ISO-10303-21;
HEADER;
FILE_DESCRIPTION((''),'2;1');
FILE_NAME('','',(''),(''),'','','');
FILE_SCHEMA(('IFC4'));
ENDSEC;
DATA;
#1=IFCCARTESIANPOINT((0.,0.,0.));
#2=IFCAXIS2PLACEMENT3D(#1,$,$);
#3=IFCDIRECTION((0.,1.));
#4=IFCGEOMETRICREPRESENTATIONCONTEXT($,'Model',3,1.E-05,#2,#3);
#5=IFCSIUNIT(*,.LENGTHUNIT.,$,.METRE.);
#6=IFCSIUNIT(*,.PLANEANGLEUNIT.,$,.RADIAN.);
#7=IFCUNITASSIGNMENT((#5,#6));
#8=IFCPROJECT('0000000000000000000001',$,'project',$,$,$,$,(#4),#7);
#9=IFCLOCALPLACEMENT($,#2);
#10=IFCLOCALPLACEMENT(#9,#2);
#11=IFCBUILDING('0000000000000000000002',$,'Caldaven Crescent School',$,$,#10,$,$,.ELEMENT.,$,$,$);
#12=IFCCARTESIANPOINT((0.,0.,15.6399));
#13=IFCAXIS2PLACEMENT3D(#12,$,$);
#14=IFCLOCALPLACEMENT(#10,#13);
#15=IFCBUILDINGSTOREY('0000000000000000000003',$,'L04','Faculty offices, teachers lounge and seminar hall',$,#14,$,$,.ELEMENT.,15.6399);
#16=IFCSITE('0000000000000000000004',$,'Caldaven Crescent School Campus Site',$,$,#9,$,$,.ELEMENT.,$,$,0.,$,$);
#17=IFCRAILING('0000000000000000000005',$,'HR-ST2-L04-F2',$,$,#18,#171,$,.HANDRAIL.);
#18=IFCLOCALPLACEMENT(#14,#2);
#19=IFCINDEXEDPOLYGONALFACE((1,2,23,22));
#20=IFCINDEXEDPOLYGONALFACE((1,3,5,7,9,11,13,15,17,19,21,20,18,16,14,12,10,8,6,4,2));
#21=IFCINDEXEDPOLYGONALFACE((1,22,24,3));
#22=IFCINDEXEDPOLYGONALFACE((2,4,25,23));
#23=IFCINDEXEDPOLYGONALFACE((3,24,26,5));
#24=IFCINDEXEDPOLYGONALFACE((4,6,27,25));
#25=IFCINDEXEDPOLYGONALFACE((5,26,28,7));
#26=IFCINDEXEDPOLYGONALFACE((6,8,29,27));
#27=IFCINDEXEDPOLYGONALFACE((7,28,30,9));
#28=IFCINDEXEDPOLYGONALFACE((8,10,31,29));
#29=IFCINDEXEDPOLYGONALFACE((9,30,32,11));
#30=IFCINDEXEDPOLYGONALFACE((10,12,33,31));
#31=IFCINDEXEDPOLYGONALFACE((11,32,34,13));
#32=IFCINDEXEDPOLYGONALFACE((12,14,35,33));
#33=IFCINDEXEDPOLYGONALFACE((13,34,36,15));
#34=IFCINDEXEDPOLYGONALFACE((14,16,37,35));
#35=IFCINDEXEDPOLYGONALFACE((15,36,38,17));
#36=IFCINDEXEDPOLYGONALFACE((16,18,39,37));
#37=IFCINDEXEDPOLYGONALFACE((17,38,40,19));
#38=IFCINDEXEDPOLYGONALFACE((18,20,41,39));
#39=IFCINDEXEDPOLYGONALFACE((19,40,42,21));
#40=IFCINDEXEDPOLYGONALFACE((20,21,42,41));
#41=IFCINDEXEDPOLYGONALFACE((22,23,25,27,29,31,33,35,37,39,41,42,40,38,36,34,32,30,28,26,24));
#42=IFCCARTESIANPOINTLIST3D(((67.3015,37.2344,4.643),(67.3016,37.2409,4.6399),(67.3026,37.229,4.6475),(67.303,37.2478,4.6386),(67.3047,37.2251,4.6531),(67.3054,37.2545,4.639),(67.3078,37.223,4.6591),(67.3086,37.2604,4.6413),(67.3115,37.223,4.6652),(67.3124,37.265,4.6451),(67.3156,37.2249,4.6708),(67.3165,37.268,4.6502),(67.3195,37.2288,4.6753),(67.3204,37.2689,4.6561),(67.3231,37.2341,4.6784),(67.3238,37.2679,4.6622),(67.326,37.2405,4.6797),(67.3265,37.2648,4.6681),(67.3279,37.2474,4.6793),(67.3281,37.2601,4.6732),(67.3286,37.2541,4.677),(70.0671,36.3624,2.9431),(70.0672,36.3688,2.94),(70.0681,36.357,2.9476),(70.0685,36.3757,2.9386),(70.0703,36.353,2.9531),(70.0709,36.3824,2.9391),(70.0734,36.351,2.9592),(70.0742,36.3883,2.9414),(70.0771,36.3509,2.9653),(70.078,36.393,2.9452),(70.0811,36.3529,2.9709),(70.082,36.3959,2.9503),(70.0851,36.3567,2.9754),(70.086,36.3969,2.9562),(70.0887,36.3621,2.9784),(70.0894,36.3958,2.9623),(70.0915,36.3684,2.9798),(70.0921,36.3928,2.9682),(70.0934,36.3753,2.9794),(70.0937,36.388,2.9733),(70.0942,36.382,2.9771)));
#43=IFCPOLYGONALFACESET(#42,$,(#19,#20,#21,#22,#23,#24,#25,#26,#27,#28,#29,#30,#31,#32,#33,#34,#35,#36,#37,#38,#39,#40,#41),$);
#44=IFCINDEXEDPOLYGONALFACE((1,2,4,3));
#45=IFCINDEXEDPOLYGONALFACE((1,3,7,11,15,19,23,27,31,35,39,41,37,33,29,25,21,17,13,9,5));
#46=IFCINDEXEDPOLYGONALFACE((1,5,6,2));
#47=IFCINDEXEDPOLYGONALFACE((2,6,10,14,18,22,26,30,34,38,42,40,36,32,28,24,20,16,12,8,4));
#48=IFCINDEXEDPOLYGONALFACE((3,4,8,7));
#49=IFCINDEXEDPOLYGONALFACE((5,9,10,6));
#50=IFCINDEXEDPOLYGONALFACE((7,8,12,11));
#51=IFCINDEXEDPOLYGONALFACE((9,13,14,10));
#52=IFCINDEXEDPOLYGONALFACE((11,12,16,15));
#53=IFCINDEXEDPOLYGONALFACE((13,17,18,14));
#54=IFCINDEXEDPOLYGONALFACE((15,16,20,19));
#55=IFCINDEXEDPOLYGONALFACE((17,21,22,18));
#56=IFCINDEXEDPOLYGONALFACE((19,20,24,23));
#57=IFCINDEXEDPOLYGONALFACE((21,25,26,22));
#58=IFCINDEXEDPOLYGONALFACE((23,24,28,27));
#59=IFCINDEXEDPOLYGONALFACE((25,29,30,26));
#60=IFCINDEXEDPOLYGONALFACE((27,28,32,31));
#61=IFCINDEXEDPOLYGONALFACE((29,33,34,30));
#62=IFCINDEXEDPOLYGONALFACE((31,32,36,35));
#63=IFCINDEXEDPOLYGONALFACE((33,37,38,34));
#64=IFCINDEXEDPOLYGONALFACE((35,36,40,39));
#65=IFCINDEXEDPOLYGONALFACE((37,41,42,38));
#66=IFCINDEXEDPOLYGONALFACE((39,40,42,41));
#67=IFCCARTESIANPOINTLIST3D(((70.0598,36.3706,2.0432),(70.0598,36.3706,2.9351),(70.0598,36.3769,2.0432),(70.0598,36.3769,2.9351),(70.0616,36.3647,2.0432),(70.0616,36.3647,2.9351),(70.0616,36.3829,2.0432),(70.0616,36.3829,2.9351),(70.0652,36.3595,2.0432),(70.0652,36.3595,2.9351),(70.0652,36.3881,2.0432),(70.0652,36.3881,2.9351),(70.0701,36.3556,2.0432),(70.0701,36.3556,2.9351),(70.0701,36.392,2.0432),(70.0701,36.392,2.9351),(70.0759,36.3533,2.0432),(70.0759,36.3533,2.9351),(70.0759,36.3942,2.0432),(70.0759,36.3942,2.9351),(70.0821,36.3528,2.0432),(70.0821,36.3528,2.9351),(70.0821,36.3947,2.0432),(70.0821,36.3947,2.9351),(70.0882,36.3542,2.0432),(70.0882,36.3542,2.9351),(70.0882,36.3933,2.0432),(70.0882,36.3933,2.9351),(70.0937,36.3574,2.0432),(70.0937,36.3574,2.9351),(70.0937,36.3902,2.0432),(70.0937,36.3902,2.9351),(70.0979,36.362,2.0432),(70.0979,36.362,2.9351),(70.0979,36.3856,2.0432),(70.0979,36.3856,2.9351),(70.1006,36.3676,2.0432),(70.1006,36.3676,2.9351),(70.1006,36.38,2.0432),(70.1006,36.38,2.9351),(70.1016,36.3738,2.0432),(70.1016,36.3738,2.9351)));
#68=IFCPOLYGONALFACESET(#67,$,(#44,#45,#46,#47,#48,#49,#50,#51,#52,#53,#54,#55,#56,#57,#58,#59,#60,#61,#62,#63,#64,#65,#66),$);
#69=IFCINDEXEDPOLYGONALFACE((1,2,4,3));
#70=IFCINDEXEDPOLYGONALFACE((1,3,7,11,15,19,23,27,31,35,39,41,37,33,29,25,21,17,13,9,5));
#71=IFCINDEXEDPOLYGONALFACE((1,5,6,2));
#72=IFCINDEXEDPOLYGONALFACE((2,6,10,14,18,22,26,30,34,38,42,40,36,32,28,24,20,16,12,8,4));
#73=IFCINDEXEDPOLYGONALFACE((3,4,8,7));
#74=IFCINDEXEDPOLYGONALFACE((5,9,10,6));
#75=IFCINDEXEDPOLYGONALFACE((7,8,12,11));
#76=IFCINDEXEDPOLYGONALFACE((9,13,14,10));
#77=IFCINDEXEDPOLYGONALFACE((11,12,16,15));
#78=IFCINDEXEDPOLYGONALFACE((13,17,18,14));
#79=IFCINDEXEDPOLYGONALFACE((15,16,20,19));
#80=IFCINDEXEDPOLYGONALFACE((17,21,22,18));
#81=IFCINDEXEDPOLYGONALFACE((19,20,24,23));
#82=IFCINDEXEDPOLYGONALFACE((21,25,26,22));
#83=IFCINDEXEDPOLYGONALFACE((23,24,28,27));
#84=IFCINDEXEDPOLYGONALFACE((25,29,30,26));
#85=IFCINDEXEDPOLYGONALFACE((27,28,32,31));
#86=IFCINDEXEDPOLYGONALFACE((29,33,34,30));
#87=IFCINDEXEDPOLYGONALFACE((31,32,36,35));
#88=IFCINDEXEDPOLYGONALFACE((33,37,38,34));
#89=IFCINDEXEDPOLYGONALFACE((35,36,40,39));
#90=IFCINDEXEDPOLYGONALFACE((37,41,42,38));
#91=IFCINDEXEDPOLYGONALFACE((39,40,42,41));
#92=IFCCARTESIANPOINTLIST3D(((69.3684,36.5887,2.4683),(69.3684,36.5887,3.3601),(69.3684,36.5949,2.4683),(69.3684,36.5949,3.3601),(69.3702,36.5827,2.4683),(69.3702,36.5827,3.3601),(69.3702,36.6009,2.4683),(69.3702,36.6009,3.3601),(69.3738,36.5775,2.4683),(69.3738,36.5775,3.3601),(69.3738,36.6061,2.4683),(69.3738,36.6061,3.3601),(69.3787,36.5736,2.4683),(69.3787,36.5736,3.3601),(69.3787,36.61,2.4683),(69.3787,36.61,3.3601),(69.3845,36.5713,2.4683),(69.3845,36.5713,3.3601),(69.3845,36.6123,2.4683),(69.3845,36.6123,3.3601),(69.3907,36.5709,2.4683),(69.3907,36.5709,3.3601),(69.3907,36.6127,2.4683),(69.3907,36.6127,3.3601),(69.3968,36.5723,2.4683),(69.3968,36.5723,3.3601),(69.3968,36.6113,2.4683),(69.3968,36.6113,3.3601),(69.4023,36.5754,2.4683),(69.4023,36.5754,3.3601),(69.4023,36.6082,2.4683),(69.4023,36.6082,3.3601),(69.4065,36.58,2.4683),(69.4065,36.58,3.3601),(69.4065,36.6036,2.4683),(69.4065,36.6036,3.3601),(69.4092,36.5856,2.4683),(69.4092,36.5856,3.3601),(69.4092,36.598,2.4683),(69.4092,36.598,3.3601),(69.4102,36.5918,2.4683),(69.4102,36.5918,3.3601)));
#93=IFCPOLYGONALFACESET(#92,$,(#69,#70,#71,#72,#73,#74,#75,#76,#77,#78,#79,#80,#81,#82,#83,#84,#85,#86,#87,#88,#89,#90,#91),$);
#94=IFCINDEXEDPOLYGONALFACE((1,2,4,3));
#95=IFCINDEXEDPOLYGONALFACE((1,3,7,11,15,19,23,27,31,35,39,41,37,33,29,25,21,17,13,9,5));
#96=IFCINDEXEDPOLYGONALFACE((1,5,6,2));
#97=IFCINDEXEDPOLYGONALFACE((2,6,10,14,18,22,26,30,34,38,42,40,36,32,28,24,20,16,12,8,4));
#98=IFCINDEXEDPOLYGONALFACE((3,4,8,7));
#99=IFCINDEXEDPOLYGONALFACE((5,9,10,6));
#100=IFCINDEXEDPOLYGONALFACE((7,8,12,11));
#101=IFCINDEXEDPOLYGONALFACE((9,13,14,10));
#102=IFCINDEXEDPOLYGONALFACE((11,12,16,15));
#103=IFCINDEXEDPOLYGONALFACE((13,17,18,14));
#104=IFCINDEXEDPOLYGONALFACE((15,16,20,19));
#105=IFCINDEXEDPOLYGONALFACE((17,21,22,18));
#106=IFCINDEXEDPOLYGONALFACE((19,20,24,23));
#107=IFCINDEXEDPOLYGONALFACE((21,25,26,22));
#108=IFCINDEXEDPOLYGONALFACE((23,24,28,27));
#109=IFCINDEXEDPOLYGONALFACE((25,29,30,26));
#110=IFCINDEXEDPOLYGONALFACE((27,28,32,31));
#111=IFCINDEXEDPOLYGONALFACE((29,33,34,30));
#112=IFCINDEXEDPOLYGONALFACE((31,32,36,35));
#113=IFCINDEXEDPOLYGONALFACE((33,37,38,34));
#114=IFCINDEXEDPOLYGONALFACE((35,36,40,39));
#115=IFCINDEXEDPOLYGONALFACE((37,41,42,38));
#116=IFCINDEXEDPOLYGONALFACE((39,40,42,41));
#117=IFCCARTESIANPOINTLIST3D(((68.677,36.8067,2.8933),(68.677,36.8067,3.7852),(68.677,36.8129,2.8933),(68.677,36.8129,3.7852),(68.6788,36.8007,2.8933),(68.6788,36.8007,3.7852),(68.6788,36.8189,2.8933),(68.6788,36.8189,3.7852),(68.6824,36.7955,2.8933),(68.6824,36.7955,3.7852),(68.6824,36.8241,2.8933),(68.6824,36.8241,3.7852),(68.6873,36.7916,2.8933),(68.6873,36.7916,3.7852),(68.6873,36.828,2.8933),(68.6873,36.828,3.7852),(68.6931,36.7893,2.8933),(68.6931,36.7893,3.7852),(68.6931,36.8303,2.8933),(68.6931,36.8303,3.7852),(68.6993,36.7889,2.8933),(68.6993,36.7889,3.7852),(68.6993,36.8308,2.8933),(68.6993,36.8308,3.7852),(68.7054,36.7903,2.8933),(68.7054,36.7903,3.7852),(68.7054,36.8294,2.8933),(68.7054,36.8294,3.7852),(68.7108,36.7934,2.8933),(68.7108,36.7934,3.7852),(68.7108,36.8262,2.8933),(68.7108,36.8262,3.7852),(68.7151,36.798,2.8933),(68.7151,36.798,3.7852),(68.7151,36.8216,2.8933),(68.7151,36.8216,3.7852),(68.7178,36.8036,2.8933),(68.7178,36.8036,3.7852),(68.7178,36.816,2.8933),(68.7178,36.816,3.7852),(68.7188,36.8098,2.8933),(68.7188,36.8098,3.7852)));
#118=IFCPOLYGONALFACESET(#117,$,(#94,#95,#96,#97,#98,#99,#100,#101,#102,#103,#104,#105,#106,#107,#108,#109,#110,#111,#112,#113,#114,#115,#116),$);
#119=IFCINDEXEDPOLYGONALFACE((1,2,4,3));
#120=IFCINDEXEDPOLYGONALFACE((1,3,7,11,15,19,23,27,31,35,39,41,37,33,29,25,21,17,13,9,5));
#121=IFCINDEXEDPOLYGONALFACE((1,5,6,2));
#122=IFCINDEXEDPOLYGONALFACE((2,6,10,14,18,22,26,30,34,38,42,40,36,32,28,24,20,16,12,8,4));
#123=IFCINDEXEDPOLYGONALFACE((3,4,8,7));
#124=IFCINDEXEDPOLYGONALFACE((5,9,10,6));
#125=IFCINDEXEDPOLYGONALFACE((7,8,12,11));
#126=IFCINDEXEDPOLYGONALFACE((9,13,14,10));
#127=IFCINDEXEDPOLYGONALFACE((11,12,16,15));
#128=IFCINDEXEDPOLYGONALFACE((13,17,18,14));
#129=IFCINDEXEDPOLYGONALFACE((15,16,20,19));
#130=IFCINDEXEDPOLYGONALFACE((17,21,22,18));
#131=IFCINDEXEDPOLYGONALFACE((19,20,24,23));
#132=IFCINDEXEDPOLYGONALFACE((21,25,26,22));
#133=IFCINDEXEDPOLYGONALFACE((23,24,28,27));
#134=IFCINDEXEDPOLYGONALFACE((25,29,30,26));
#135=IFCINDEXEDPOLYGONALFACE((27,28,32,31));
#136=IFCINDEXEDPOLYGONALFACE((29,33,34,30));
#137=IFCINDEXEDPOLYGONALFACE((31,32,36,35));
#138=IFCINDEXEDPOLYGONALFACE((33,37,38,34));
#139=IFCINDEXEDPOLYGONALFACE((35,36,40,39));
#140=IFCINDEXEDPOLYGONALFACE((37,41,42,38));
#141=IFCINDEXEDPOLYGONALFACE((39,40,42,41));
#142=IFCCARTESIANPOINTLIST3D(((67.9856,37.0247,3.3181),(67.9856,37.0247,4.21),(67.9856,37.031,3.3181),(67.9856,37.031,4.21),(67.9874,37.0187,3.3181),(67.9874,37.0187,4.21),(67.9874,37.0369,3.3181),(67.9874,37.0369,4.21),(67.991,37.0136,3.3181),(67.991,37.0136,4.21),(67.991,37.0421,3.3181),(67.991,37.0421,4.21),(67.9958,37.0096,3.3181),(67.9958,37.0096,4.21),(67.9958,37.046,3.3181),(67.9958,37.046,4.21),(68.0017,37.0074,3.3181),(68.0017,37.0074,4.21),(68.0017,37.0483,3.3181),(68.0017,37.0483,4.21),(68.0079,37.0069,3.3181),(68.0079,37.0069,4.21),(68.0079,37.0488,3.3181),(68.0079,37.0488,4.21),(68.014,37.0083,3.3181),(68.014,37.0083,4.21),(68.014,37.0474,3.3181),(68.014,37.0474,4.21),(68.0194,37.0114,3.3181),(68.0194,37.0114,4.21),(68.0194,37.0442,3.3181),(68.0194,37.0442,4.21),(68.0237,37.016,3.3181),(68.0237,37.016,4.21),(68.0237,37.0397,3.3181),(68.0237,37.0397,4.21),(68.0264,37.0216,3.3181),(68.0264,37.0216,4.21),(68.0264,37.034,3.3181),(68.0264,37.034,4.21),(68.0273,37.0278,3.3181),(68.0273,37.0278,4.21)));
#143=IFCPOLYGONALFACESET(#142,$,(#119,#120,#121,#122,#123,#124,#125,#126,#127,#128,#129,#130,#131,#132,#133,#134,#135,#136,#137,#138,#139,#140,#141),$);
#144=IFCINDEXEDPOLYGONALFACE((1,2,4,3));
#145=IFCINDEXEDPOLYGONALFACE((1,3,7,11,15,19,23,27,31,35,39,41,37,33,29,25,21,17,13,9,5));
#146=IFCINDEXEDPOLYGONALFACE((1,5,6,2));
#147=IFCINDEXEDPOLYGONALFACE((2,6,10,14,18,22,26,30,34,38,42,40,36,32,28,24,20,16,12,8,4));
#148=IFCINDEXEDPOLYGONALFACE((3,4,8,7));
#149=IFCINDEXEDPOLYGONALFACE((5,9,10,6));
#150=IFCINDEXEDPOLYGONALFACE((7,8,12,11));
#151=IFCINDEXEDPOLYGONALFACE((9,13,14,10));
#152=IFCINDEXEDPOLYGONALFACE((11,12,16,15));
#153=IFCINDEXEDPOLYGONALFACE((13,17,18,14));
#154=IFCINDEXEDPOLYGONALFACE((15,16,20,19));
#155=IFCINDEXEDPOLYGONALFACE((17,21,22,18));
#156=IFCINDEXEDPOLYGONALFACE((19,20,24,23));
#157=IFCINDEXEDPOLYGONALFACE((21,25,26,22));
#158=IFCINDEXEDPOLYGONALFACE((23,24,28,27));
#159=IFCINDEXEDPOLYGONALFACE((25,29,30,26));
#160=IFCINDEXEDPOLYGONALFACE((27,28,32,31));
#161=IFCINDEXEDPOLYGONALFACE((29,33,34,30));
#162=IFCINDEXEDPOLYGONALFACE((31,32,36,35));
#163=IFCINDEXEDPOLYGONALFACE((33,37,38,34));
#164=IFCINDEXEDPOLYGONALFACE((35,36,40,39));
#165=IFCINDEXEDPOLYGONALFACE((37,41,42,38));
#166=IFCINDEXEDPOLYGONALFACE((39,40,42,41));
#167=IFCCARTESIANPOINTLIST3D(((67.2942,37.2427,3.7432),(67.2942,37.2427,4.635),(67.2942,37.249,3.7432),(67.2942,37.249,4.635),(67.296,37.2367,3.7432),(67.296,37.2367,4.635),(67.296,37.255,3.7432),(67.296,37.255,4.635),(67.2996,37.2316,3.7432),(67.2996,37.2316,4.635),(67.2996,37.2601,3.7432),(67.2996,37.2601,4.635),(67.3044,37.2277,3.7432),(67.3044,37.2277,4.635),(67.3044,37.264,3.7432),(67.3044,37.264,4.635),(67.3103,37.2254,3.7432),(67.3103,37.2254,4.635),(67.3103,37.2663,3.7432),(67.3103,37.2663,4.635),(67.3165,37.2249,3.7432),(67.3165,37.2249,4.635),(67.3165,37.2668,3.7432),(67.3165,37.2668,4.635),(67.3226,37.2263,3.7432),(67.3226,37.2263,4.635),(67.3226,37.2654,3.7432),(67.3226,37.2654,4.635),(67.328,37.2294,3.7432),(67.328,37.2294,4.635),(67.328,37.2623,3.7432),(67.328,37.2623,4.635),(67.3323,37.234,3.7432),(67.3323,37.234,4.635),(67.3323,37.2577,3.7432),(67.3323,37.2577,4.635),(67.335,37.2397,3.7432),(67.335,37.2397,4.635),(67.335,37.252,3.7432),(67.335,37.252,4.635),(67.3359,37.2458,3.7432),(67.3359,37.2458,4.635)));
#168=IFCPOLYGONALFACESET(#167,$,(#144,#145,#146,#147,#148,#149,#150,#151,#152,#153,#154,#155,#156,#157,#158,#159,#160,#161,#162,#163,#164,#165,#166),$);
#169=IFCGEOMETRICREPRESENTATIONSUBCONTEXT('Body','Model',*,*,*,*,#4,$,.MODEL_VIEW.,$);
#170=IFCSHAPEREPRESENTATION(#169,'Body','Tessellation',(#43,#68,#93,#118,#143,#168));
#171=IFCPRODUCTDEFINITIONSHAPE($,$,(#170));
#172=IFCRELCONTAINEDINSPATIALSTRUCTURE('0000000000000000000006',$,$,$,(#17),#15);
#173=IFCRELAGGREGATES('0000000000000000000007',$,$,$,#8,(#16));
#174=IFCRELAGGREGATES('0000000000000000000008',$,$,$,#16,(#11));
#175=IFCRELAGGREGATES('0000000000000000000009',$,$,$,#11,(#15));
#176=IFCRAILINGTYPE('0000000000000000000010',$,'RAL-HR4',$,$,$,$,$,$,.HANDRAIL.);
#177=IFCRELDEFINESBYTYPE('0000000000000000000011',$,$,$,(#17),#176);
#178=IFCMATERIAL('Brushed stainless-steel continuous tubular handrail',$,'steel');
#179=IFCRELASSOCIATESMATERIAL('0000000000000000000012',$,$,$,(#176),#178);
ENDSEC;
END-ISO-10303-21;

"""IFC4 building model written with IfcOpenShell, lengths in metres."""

from ifc_helpers import new_model, si_unit, direction, frame, origin, origin_2d, place, context, subcontext, project, spatial, circle, extrude, material, type_object, element, save


model = new_model("IFC4")

# Units and contexts
model_context = context("Model", 3, precision=1e-05, world=origin(), true_north=direction((0.0, 1.0)))
body_context = subcontext(model_context, "Body", "Model", "MODEL_VIEW")
ifc_project = project(units=[si_unit("LENGTHUNIT", "METRE"), si_unit("PLANEANGLEUNIT", "RADIAN")], contexts=[model_context])

# Site, building, storey
site_placement = place(None, origin())
site = spatial("IfcSite", under=ifc_project, at=site_placement, Name="Caldaven Crescent School Campus Site", CompositionType="ELEMENT", RefElevation=0.0)
building_placement = place(site_placement, origin())
building = spatial("IfcBuilding", under=site, at=building_placement, Name="Caldaven Crescent School", CompositionType="ELEMENT")
storey_placement = place(building_placement, frame((0.0, 0.0, 15.6399)))
storey = spatial("IfcBuildingStorey", under=building, at=storey_placement, Name="L04", Description="Faculty offices, teachers lounge and seminar hall", CompositionType="ELEMENT", Elevation=15.6399)

# Railing
ifc_material_1 = material(Name="Brushed stainless-steel continuous tubular handrail", Category="steel")
railing_type_1 = type_object("IfcRailingType", Name="RAL-HR4", PredefinedType="HANDRAIL", material=ifc_material_1)
railing_1_placement = place(storey_placement, frame((70.0806, 36.3738, 2.0432)))
element("IfcRailing", 1, at=railing_1_placement, inside=storey, type_object=railing_type_1, Name="HR-ST2-L04-F2", PredefinedType="HANDRAIL", context=body_context, shape_type="SweptSolid", body=[
    extrude(circle(Radius=0.0239, at=origin_2d()), frame((0.0, 0.0, 0.916), z_axis=(-0.822759, 0.259436, 0.505727), x_axis=(-0.300728, -0.95371, 0.0)), (0.0, 0.0, 1.0), 3.3613),
    extrude(circle(Radius=0.021, at=origin_2d()), origin(), (0.0, 0.0, 1.0), 0.8918),
    extrude(circle(Radius=0.021, at=origin_2d()), frame((-0.6914, 0.218, 0.425)), (0.0, 0.0, 1.0), 0.8918),
    extrude(circle(Radius=0.021, at=origin_2d()), frame((-1.3828, 0.436, 0.8501)), (0.0, 0.0, 1.0), 0.8918),
    extrude(circle(Radius=0.021, at=origin_2d()), frame((-2.0742, 0.6541, 1.2749)), (0.0, 0.0, 1.0), 0.8918),
    extrude(circle(Radius=0.021, at=origin_2d()), frame((-2.7656, 0.8721, 1.7)), (0.0, 0.0, 1.0), 0.8918),
])

save(model, "model.ifc")
